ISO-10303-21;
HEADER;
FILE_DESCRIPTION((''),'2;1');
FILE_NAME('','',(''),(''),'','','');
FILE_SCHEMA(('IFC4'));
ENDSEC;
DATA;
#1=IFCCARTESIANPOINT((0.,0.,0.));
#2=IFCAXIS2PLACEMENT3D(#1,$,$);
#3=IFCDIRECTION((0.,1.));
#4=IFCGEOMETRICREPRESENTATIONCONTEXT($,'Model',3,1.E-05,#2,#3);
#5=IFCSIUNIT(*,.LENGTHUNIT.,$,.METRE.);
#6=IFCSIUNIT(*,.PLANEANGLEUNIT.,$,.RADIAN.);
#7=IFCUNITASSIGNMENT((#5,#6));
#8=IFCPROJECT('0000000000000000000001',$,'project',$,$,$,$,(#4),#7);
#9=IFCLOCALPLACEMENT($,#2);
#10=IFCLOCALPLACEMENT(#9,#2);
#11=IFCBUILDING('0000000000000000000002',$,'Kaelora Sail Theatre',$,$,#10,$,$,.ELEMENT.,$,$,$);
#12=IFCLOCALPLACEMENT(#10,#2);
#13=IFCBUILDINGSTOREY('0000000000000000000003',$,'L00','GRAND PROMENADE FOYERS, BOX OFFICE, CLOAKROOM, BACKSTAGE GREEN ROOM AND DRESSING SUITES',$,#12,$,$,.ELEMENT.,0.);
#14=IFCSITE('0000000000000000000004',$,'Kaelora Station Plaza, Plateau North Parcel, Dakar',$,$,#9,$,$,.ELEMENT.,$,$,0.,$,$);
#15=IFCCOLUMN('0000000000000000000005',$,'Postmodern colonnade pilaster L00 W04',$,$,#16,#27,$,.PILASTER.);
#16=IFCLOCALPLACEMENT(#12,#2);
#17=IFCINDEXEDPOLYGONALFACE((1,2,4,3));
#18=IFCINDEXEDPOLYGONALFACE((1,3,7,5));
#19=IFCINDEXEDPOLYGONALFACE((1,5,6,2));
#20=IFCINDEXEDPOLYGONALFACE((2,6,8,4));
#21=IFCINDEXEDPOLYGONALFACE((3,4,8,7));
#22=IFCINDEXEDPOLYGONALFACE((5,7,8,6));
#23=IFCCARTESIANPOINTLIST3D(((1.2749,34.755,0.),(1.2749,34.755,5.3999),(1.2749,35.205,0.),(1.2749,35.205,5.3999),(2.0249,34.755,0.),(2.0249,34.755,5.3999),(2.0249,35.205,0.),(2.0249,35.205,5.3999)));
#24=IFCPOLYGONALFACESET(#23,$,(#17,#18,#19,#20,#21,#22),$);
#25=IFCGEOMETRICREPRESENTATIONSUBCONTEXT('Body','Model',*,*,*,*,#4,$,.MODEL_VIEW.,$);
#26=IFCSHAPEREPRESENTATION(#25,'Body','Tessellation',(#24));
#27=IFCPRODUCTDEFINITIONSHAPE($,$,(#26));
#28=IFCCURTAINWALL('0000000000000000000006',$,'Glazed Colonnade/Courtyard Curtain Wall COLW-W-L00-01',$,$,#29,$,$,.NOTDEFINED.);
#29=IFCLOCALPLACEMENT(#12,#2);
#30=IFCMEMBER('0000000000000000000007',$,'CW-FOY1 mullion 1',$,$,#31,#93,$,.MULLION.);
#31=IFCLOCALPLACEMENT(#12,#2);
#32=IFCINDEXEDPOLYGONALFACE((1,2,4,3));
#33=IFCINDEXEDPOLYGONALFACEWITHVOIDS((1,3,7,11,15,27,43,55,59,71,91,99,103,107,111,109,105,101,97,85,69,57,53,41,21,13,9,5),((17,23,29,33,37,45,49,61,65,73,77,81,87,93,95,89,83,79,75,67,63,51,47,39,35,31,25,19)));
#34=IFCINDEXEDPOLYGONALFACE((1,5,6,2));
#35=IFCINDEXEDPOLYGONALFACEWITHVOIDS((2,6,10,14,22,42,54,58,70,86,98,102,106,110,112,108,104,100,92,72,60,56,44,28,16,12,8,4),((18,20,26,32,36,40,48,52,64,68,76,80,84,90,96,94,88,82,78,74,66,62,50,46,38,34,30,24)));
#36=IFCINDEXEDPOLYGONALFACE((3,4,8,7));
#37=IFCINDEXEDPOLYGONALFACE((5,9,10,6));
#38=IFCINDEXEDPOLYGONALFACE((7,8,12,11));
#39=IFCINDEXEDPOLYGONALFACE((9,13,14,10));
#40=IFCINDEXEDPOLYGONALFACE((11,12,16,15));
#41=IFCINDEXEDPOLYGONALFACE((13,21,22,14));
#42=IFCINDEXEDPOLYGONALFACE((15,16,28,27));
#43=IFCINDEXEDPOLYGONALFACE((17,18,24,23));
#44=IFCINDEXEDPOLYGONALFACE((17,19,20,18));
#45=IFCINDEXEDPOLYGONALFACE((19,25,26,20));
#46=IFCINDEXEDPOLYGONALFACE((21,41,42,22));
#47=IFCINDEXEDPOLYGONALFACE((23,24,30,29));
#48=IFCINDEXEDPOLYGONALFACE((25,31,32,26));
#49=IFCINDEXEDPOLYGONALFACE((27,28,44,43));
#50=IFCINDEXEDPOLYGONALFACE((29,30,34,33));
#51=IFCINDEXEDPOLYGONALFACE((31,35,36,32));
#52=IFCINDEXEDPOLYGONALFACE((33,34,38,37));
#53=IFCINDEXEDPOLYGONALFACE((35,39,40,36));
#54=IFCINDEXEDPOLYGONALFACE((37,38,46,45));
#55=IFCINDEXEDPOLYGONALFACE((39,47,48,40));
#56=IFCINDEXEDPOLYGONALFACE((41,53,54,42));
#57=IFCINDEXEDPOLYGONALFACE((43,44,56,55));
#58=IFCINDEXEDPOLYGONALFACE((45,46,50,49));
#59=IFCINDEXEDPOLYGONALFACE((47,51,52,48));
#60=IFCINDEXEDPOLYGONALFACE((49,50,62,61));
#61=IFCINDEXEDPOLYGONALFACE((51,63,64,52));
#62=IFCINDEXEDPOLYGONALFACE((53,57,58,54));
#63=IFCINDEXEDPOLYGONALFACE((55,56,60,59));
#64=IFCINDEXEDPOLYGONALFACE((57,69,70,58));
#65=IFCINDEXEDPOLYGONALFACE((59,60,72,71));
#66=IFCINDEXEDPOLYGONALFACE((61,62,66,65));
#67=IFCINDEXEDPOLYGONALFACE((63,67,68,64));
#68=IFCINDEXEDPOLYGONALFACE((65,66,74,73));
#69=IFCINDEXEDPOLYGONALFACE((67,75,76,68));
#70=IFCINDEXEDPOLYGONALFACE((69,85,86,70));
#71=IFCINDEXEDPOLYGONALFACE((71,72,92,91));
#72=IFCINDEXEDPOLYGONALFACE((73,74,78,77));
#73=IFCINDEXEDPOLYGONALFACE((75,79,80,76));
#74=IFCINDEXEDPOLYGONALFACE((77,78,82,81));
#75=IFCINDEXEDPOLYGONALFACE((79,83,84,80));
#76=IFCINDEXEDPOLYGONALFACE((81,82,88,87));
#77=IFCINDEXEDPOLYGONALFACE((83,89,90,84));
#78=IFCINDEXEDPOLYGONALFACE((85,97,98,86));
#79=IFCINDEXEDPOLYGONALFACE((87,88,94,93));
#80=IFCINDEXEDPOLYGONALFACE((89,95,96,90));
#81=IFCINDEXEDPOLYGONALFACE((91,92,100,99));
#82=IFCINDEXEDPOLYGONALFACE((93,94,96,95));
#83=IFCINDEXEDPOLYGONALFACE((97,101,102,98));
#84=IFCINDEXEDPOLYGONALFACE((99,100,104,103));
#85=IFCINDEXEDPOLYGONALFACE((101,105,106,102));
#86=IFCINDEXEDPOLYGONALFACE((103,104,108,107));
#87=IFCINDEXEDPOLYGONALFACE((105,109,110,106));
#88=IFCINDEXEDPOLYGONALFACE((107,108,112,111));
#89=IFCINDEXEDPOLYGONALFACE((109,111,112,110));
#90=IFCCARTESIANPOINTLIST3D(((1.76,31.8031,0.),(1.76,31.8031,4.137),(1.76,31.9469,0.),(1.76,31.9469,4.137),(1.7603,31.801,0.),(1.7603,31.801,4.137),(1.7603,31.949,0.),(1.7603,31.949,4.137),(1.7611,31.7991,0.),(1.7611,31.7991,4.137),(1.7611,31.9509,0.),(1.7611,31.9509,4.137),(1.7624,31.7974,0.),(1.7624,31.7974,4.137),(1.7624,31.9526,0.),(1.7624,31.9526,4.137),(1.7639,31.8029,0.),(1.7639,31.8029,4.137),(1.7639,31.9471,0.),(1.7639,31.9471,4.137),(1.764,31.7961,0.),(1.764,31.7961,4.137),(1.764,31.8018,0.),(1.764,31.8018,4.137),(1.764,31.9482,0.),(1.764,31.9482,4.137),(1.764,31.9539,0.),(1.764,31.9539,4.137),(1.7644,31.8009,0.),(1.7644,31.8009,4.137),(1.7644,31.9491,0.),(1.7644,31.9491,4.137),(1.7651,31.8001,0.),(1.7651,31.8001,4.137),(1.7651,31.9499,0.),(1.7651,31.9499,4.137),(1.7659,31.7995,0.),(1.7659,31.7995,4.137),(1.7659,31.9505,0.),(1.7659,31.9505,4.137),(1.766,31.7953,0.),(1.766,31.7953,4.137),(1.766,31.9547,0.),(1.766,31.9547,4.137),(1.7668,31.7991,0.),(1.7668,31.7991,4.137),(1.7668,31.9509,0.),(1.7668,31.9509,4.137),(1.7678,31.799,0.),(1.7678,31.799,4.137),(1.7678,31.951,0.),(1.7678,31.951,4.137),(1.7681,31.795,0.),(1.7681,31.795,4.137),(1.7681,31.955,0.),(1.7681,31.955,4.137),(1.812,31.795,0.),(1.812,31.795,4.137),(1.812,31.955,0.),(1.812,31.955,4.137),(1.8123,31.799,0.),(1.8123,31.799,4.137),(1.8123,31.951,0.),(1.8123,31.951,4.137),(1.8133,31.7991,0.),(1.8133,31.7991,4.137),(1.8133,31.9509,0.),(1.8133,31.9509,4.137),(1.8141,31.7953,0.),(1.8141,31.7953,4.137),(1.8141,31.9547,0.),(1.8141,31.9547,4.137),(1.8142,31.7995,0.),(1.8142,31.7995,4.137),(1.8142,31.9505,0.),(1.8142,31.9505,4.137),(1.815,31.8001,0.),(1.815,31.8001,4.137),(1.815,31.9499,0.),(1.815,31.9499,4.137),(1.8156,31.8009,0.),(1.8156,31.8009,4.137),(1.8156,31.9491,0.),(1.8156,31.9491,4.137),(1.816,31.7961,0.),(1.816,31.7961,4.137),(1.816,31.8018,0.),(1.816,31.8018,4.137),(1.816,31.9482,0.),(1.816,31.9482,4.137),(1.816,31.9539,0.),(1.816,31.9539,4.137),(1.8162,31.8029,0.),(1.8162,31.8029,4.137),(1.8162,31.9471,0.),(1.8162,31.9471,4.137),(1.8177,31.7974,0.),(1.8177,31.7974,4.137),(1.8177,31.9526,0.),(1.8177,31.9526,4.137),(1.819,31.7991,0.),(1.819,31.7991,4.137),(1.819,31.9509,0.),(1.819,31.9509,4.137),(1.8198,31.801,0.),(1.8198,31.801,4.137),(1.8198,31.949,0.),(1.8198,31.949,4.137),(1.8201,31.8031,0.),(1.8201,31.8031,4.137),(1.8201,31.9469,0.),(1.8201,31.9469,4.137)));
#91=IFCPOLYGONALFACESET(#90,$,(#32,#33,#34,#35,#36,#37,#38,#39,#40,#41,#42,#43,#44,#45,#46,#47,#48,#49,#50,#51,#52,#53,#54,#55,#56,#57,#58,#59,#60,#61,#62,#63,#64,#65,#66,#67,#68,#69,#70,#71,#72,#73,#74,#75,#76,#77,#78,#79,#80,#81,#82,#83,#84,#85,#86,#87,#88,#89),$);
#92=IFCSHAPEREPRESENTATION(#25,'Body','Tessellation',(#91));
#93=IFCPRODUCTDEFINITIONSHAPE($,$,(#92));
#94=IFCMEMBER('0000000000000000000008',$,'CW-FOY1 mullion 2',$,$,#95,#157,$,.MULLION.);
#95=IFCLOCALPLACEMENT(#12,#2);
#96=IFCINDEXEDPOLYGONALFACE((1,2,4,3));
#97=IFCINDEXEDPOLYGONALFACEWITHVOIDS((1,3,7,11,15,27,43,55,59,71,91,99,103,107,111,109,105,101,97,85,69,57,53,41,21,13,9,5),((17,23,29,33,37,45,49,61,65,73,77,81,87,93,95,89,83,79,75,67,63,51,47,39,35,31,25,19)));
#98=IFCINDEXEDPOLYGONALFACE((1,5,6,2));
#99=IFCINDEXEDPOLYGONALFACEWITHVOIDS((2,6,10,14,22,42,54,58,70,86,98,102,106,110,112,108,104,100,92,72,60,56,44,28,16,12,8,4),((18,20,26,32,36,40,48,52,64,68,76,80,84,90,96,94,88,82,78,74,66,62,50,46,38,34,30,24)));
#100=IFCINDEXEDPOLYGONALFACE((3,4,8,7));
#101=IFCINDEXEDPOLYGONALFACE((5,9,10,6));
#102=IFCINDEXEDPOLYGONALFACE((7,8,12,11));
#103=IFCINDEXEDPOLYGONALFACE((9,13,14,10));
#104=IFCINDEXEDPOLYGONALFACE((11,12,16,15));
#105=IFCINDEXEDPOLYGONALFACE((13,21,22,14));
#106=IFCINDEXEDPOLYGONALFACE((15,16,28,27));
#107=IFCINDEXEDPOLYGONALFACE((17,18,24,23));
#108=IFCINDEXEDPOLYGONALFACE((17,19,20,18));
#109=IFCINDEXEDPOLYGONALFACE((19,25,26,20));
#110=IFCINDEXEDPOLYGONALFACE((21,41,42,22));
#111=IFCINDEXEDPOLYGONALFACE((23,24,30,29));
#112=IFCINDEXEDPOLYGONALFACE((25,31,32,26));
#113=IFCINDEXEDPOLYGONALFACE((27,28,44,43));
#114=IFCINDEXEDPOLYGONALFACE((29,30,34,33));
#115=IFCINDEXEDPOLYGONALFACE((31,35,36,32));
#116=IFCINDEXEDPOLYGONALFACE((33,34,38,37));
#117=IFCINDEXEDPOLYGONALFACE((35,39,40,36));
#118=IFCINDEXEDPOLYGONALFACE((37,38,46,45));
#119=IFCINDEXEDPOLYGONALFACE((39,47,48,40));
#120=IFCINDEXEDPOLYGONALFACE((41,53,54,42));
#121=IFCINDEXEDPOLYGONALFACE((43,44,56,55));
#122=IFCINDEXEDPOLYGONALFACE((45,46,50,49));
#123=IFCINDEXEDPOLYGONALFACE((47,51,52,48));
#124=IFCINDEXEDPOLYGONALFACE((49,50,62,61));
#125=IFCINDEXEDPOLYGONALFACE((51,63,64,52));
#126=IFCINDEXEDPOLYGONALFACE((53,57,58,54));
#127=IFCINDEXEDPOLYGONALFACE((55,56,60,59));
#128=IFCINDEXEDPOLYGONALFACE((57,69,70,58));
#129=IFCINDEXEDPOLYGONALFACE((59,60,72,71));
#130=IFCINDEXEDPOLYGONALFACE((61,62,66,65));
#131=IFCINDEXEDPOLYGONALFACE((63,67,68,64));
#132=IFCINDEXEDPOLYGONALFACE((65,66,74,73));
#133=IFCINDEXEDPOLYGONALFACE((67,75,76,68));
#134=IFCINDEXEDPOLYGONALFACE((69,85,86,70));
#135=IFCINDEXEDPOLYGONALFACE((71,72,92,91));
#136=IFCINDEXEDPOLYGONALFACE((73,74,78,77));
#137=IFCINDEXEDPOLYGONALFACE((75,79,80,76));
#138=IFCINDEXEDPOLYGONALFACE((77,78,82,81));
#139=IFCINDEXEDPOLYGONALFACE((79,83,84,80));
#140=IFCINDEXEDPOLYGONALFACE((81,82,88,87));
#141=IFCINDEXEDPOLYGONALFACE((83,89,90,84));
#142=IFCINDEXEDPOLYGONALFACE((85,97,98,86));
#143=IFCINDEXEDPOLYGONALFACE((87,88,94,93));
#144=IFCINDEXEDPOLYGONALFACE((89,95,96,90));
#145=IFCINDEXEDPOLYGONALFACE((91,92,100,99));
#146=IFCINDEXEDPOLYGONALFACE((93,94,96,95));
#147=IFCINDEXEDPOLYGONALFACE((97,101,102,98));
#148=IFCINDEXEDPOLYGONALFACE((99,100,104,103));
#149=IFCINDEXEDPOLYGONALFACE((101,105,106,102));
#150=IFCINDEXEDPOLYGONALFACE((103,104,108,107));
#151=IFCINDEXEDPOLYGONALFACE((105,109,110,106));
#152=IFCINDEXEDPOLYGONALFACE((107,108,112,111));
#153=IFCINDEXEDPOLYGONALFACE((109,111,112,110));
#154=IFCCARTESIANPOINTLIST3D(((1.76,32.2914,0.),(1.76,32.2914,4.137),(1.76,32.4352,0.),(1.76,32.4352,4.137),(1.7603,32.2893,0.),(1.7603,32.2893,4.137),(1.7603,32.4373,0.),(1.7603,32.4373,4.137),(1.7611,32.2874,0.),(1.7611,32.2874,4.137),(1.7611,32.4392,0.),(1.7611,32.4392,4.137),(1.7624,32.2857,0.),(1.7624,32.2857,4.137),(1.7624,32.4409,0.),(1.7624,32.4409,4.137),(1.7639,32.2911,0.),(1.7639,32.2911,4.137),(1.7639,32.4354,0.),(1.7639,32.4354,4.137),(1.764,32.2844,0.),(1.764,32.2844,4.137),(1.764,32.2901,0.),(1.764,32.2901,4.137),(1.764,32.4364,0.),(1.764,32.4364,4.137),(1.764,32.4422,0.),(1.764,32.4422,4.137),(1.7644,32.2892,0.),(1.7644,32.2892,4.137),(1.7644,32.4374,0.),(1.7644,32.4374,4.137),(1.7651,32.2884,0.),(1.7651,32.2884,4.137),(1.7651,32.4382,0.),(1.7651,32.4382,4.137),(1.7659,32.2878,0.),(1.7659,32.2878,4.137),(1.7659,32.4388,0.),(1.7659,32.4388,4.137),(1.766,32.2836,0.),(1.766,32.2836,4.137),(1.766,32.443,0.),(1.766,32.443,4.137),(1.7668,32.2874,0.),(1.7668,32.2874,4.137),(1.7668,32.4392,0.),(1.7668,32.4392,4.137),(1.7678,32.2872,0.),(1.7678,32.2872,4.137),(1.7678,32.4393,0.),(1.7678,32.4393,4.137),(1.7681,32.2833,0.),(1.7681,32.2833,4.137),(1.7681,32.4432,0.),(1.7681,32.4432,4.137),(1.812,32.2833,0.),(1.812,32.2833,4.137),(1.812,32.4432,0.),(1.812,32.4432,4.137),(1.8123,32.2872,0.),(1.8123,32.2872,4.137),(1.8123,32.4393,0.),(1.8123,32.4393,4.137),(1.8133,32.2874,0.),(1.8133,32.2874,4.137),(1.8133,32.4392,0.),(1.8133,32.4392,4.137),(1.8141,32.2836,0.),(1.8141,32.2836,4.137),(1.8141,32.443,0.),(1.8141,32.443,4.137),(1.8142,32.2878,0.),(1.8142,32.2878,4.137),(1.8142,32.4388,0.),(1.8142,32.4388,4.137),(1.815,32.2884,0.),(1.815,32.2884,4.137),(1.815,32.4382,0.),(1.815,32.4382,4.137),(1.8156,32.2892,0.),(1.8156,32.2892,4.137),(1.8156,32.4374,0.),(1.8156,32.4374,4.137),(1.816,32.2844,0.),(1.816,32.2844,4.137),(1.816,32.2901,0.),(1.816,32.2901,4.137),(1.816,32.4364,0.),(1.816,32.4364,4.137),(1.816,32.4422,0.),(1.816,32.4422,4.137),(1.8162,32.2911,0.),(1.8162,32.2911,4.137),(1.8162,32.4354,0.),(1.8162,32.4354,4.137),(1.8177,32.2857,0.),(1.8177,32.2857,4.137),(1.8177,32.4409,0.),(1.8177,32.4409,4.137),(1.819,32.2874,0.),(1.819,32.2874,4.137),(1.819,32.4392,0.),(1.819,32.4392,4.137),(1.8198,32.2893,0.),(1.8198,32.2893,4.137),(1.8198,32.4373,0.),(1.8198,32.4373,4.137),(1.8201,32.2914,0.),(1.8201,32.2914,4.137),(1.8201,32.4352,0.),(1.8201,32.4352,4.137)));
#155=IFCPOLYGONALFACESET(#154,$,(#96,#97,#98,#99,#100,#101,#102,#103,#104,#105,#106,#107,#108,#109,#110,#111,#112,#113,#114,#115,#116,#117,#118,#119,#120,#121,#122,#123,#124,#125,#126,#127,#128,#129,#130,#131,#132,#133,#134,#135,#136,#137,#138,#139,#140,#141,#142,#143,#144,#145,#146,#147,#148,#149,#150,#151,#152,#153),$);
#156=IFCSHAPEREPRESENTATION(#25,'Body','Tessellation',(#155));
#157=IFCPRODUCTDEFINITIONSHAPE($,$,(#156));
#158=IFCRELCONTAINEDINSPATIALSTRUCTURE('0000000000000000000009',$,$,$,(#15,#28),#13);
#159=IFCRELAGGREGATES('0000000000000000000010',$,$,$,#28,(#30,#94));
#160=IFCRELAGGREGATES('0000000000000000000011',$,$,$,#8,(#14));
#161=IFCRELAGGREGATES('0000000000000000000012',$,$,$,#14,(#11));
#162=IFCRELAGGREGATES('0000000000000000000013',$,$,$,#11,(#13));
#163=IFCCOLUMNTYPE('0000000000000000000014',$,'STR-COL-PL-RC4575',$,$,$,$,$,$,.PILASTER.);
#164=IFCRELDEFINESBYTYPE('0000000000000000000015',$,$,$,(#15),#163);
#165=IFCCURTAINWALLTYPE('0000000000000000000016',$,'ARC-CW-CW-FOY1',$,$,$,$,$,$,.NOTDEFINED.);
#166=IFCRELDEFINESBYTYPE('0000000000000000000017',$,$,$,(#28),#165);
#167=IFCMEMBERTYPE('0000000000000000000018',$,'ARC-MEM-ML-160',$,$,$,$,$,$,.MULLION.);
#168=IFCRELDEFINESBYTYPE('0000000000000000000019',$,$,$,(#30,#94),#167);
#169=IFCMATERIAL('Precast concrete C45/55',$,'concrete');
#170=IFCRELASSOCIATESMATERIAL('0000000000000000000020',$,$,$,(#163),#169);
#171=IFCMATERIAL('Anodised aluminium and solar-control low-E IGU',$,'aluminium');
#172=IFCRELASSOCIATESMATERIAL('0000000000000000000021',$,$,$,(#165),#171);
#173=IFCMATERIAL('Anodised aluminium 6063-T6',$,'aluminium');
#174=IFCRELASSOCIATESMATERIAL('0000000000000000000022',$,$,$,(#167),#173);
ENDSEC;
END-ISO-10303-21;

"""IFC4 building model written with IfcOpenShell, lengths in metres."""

from ifc_helpers import new_model, si_unit, direction, frame, origin, origin_2d, place, context, subcontext, project, spatial, rectangle, hollow_rectangle, extrude, material, material_profile, profile_set, type_object, element, aggregate, save


model = new_model("IFC4")

# Units and contexts
model_context = context("Model", 3, precision=1e-05, world=origin(), true_north=direction((0.0, 1.0)))
body_context = subcontext(model_context, "Body", "Model", "MODEL_VIEW")
ifc_project = project(units=[si_unit("LENGTHUNIT", "METRE"), si_unit("PLANEANGLEUNIT", "RADIAN")], contexts=[model_context])

# Site, building, storey
site_placement = place(None, origin())
site = spatial("IfcSite", under=ifc_project, at=site_placement, Name="Kaelora Station Plaza, Plateau North Parcel, Dakar", CompositionType="ELEMENT", RefElevation=0.0)
building_placement = place(site_placement, origin())
building = spatial("IfcBuilding", under=site, at=building_placement, Name="Kaelora Sail Theatre", CompositionType="ELEMENT")
storey_placement = place(building_placement, origin())
storey = spatial("IfcBuildingStorey", under=building, at=storey_placement, Name="L00", Description="GRAND PROMENADE FOYERS, BOX OFFICE, CLOAKROOM, BACKSTAGE GREEN ROOM AND DRESSING SUITES", CompositionType="ELEMENT", Elevation=0.0)

# Column
ifc_material_1 = material(Name="Precast concrete C45/55", Category="concrete")
ifc_material_profile_1 = material_profile(ifc_material_1, rectangle(XDim=0.45, YDim=0.75, at=origin_2d()), Name="RC-PIL 450x750")
ifc_profile_set_1 = profile_set([ifc_material_profile_1], Name="Precast concrete C45/55")
column_type = type_object("IfcColumnType", Name="STR-COL-PL-RC4575", PredefinedType="PILASTER", material=ifc_profile_set_1)
column_placement = place(storey_placement, frame((1.6499, 34.98, 0.0), z_axis=(0.0, 0.0, 1.0), x_axis=(0.0, 1.0, 0.0)))
element("IfcColumn", 1, at=column_placement, inside=storey, type_object=column_type, Name="Postmodern colonnade pilaster L00 W04", PredefinedType="PILASTER", context=body_context, shape_type="SweptSolid", body=[
    extrude(rectangle(XDim=0.45, YDim=0.75, at=origin_2d()), origin(), (0.0, 0.0, 1.0), 5.3999),
])

# Curtain wall, members
ifc_material_2 = material(Name="Anodised aluminium and solar-control low-E IGU", Category="aluminium")
curtain_wall_type = type_object("IfcCurtainWallType", Name="ARC-CW-CW-FOY1", PredefinedType="NOTDEFINED", material=ifc_material_2)
curtain_wall_1_placement = place(storey_placement, origin())
curtain_wall_1 = element("IfcCurtainWall", 2, at=curtain_wall_1_placement, inside=storey, type_object=curtain_wall_type, Name="Glazed Colonnade/Courtyard Curtain Wall COLW-W-L00-01", PredefinedType="NOTDEFINED")
ifc_material_3 = material(Name="Anodised aluminium 6063-T6", Category="aluminium")
ifc_material_profile_2 = material_profile(ifc_material_3, hollow_rectangle(XDim=0.0601, YDim=0.1599, WallThickness=0.0039, InnerFilletRadius=0.0039, OuterFilletRadius=0.0081, at=origin_2d()), Name="ALU-MULL 60x160x4")
ifc_profile_set_2 = profile_set([ifc_material_profile_2], Name="Anodised aluminium 6063-T6")
member_type_1 = type_object("IfcMemberType", Name="ARC-MEM-ML-160", PredefinedType="MULLION", material=ifc_profile_set_2)
member_1_placement = place(storey_placement, frame((1.79, 31.875, 0.0), z_axis=(0.0, 0.0, 1.0), x_axis=(-1.0, 0.0, 0.0)))
member_1 = element("IfcMember", 3, at=member_1_placement, type_object=member_type_1, Name="CW-FOY1 mullion 1", PredefinedType="MULLION", context=body_context, shape_type="SweptSolid", body=[
    extrude(hollow_rectangle(XDim=0.0601, YDim=0.1599, WallThickness=0.0039, InnerFilletRadius=0.0039, OuterFilletRadius=0.0081, at=origin_2d()), origin(), (0.0, 0.0, 1.0), 4.137),
])
member_2_placement = place(storey_placement, frame((1.79, 32.3633, 0.0), z_axis=(0.0, 0.0, 1.0), x_axis=(-1.0, 0.0, 0.0)))
member_2 = element("IfcMember", 4, at=member_2_placement, type_object=member_type_1, Name="CW-FOY1 mullion 2", PredefinedType="MULLION", context=body_context, shape_type="SweptSolid", body=[
    extrude(hollow_rectangle(XDim=0.0601, YDim=0.1599, WallThickness=0.0039, InnerFilletRadius=0.0039, OuterFilletRadius=0.0081, at=origin_2d()), origin(), (0.0, 0.0, 1.0), 4.137),
])

aggregate(curtain_wall_1, [member_1, member_2])

save(model, "model.ifc")
